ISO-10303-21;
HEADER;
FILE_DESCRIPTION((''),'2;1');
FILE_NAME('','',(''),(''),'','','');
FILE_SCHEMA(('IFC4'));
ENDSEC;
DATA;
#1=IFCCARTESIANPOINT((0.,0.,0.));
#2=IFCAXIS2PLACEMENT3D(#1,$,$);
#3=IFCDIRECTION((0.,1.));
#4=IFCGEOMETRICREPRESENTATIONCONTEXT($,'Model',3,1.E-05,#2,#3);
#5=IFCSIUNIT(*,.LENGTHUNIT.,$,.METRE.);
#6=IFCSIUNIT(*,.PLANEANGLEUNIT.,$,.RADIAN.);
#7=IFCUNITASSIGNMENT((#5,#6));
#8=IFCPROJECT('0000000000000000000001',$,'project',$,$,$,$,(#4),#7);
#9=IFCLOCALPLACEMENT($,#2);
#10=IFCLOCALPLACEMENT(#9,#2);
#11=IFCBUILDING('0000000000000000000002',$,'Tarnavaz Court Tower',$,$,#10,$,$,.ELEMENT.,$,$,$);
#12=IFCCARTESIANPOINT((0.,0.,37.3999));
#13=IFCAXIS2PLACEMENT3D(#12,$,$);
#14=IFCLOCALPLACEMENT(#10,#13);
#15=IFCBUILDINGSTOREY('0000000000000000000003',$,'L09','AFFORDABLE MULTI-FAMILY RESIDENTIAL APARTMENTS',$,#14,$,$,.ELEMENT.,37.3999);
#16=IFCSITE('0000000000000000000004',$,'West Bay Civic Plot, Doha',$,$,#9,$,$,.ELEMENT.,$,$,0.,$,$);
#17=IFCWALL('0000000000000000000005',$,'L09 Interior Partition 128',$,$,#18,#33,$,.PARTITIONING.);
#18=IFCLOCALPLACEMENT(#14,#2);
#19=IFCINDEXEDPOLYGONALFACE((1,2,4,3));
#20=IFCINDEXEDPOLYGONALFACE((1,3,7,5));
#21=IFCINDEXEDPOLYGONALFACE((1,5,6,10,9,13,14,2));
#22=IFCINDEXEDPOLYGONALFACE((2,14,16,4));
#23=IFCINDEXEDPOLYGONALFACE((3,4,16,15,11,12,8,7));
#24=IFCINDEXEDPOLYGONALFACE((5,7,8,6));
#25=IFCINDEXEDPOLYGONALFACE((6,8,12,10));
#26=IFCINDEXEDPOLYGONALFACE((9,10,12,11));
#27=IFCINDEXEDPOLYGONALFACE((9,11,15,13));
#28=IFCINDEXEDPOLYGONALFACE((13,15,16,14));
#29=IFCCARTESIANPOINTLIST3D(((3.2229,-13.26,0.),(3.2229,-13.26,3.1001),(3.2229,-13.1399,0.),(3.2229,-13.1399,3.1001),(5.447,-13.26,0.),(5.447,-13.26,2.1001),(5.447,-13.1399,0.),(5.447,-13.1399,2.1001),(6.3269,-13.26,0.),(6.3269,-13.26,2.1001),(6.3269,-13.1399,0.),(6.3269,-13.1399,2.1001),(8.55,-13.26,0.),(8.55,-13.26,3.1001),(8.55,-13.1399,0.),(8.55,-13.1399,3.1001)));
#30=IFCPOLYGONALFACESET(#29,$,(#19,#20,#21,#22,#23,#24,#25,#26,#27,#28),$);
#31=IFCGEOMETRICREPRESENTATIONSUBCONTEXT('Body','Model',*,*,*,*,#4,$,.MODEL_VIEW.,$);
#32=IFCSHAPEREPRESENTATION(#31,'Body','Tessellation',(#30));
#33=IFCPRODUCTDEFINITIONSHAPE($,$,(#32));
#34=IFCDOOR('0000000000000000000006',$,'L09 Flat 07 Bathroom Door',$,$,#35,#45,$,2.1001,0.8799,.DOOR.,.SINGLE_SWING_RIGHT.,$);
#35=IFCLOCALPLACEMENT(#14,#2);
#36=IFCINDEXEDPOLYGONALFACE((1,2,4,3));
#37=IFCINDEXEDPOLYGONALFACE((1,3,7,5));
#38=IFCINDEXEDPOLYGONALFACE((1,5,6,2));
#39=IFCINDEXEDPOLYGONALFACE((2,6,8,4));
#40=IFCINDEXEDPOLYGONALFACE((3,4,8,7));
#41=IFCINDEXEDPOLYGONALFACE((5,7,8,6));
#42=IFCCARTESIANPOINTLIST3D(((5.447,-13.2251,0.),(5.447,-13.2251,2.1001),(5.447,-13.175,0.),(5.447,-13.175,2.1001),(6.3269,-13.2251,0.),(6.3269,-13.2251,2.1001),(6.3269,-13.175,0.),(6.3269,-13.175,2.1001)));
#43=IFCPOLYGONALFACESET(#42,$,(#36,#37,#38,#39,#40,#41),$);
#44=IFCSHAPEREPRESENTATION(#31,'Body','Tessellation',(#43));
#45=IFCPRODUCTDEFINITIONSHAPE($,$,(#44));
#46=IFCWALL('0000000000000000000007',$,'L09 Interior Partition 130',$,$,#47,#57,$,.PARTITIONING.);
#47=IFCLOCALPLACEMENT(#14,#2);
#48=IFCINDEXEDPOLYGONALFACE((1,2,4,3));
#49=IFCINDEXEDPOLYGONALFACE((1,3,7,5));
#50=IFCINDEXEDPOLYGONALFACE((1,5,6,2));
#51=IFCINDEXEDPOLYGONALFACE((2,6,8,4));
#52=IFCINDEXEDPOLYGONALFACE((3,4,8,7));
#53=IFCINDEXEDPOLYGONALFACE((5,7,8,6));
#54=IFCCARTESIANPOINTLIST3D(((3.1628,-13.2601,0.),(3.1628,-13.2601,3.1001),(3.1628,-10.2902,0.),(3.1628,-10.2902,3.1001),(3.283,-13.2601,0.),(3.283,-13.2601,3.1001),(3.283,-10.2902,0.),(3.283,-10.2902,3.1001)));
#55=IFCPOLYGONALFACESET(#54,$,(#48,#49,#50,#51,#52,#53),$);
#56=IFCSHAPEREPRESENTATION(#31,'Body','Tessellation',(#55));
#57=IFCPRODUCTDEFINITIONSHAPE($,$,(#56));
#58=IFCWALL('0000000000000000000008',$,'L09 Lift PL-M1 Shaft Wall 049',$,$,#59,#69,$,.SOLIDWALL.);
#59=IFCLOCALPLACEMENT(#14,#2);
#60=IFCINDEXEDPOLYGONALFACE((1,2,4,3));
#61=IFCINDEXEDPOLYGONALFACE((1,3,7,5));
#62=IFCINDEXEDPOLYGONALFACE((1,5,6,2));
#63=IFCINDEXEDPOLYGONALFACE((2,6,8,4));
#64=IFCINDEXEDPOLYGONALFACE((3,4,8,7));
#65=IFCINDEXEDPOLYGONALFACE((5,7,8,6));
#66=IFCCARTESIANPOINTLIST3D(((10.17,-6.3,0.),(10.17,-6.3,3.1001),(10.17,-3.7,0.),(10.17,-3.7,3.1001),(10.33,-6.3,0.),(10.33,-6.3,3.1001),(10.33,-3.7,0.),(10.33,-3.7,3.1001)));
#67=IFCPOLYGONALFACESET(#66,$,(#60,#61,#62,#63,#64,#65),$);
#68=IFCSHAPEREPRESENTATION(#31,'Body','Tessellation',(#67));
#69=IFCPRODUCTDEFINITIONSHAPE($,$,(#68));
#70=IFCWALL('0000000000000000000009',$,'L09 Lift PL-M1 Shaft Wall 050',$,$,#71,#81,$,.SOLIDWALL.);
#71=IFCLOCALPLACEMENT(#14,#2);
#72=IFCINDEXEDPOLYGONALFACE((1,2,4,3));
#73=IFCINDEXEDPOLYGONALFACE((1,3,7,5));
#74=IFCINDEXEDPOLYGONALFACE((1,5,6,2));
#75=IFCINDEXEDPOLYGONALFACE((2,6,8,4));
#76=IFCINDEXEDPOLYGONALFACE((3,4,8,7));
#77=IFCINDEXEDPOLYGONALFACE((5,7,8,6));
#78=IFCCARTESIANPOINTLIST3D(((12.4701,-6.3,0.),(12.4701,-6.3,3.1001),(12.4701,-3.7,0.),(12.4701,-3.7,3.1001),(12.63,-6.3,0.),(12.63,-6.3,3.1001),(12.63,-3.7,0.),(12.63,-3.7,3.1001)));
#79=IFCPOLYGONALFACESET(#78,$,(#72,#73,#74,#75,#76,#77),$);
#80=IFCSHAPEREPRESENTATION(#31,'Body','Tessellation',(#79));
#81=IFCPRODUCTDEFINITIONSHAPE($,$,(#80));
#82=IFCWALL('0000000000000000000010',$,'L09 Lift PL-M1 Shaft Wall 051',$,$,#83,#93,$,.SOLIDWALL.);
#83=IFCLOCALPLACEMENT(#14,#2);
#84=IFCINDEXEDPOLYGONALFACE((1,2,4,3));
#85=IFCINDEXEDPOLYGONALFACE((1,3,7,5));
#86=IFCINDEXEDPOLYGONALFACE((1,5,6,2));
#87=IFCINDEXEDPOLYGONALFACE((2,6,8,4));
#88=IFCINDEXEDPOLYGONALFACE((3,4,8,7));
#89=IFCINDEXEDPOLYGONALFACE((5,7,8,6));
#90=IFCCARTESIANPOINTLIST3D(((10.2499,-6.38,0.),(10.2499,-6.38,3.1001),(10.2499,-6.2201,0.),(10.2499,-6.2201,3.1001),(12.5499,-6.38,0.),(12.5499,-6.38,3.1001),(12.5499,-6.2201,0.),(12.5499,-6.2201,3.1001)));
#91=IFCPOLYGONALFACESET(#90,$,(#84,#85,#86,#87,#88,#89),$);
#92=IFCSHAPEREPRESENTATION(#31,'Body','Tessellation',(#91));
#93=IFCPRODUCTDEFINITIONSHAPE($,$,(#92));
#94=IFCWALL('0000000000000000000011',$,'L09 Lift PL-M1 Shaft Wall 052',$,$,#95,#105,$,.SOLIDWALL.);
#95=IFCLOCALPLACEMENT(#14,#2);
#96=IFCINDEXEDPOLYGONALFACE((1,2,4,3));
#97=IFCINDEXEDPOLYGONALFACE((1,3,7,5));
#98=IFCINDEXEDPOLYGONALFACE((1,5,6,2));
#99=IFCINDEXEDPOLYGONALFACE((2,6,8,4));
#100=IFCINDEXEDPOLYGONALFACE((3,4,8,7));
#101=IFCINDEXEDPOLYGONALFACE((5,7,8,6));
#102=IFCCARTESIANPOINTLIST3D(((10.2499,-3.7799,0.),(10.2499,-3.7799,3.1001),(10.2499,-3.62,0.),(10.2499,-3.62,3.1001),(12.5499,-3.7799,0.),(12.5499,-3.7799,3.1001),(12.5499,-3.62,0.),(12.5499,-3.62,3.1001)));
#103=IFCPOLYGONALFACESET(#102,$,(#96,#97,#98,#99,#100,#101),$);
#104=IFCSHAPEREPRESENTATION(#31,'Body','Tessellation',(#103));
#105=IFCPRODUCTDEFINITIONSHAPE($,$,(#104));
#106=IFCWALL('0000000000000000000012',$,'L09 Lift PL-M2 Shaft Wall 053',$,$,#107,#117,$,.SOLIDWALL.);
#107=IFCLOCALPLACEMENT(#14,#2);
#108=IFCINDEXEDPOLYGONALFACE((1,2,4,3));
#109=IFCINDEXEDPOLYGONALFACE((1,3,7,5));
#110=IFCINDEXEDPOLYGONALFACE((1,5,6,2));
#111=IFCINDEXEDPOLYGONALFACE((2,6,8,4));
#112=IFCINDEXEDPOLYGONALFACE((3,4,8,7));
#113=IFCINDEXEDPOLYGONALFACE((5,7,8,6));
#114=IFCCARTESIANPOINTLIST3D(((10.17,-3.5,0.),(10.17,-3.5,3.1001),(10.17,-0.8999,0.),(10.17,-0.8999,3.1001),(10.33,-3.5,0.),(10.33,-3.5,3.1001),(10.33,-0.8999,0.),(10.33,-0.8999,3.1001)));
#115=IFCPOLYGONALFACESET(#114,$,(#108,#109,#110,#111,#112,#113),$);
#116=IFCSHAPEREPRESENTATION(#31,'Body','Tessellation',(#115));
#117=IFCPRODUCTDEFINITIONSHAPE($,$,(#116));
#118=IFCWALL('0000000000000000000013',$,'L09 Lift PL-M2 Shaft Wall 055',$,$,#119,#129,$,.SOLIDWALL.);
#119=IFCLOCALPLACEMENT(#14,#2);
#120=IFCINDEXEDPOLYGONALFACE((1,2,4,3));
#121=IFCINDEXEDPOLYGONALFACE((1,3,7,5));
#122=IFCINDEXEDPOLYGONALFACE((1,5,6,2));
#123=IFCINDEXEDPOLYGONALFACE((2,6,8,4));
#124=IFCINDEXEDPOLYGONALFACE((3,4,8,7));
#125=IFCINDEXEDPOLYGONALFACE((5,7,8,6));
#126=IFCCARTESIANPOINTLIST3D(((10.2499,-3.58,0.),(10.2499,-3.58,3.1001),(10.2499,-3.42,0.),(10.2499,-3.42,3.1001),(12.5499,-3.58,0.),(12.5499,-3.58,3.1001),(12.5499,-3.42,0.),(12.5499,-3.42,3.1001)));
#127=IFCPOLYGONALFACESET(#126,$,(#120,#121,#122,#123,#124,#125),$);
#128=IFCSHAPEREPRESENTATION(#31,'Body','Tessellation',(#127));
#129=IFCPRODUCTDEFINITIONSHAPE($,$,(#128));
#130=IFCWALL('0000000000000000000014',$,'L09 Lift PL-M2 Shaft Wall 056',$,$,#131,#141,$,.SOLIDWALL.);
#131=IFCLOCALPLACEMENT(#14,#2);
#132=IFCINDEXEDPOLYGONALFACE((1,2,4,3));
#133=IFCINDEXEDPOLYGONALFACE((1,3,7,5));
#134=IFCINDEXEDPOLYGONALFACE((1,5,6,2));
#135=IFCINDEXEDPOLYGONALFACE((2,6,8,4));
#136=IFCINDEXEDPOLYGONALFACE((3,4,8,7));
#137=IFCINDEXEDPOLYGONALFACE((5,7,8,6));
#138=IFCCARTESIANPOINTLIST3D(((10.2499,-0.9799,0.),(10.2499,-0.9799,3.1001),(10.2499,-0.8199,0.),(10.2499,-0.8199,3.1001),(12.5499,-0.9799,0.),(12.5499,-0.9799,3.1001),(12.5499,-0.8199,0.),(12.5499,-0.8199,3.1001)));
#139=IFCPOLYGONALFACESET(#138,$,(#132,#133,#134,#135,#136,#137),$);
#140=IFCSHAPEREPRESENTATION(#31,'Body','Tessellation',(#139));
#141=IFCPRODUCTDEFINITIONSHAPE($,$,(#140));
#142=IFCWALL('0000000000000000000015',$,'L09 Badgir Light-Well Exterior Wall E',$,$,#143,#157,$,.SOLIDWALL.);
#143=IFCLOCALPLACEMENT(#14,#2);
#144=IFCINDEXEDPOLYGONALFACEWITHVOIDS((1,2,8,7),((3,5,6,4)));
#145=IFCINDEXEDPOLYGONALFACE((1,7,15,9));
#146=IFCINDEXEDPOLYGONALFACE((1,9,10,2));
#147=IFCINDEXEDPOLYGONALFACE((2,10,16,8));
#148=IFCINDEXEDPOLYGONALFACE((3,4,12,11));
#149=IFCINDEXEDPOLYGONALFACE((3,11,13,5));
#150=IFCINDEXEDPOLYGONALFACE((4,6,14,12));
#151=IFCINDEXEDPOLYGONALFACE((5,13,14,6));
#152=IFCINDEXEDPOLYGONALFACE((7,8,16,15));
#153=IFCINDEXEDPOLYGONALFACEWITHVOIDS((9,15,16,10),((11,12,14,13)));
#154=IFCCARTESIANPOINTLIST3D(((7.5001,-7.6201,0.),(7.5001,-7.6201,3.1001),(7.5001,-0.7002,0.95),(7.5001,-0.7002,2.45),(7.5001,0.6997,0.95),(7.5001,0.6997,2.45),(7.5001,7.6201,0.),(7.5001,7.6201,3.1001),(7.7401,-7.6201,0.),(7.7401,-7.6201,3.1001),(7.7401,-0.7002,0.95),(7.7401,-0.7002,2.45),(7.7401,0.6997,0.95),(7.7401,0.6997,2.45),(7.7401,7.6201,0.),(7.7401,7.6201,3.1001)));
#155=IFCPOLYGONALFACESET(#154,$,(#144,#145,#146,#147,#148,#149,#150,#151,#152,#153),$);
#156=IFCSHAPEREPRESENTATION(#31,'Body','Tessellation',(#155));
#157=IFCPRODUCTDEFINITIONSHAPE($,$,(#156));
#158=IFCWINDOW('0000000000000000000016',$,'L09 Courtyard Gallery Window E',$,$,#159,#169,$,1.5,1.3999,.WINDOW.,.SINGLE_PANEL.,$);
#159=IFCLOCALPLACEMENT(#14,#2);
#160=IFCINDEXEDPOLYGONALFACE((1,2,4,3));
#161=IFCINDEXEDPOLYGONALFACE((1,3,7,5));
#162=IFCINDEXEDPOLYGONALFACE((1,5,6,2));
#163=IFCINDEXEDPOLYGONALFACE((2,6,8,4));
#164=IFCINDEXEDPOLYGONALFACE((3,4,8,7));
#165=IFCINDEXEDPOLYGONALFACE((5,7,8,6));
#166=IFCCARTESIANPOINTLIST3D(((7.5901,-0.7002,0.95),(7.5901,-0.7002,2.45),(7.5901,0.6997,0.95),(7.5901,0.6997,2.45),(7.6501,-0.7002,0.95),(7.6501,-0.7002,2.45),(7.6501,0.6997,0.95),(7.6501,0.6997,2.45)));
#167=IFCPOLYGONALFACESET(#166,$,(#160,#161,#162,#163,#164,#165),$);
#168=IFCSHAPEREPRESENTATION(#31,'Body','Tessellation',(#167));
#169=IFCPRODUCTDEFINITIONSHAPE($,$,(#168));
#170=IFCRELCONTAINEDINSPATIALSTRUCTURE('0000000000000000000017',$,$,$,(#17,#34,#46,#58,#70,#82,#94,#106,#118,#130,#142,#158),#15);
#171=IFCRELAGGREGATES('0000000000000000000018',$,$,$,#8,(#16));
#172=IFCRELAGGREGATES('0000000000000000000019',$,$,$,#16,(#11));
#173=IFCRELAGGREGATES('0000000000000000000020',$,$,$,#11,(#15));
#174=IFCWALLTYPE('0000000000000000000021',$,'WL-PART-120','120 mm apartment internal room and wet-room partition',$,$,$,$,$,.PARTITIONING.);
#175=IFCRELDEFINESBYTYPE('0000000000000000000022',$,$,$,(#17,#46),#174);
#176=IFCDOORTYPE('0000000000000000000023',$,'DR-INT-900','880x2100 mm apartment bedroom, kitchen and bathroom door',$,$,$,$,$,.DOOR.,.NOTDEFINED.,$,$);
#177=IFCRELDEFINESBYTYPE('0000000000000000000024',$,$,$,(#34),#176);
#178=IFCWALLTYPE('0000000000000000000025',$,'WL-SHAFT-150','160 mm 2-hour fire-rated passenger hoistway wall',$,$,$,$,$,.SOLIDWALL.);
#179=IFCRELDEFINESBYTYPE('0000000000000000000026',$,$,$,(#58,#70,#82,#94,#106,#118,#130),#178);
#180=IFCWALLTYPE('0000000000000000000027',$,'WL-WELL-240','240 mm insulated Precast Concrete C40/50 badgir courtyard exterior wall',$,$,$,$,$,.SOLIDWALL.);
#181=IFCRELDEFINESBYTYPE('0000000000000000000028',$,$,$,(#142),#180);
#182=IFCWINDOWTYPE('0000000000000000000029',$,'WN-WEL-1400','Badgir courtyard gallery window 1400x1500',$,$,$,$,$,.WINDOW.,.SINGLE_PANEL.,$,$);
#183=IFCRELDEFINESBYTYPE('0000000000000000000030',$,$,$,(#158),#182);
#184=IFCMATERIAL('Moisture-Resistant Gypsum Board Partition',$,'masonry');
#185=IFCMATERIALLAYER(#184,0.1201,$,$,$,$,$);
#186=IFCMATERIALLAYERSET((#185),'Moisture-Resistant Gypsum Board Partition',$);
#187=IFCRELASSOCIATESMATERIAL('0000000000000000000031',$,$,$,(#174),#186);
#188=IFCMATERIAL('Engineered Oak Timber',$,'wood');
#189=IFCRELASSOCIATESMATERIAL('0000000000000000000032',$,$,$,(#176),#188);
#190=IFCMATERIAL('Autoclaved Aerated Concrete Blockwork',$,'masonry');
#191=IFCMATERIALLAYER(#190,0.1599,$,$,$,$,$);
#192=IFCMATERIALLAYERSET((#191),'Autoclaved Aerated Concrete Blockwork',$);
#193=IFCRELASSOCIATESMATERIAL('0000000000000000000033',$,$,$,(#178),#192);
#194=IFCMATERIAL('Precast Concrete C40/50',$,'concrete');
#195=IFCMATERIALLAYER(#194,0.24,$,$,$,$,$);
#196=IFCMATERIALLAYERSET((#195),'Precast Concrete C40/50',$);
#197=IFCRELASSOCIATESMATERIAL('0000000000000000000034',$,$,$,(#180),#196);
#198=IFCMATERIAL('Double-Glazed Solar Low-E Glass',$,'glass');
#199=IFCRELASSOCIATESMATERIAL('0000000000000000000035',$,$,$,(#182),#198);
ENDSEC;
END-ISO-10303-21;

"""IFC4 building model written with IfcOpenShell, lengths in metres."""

from ifc_helpers import new_model, si_unit, direction, frame, frame_2d, origin, place, context, subcontext, project, spatial, rectangle, extrude, material, layer, layer_set, type_object, element, fill, save


model = new_model("IFC4")

# Units and contexts
model_context = context("Model", 3, precision=1e-05, world=origin(), true_north=direction((0.0, 1.0)))
body_context = subcontext(model_context, "Body", "Model", "MODEL_VIEW")
ifc_project = project(units=[si_unit("LENGTHUNIT", "METRE"), si_unit("PLANEANGLEUNIT", "RADIAN")], contexts=[model_context])

# Site, building, storey
site_placement = place(None, origin())
site = spatial("IfcSite", under=ifc_project, at=site_placement, Name="West Bay Civic Plot, Doha", CompositionType="ELEMENT", RefElevation=0.0)
building_placement = place(site_placement, origin())
building = spatial("IfcBuilding", under=site, at=building_placement, Name="Tarnavaz Court Tower", CompositionType="ELEMENT")
storey_placement = place(building_placement, frame((0.0, 0.0, 37.3999)))
storey = spatial("IfcBuildingStorey", under=building, at=storey_placement, Name="L09", Description="AFFORDABLE MULTI-FAMILY RESIDENTIAL APARTMENTS", CompositionType="ELEMENT", Elevation=37.3999)

# Shared definitions
ifc_material_1 = material(Name="Moisture-Resistant Gypsum Board Partition", Category="masonry")
ifc_layer_1 = layer(ifc_material_1, 0.1201)
ifc_layer_set_1 = layer_set([ifc_layer_1], Name="Moisture-Resistant Gypsum Board Partition")
wall_type_1 = type_object("IfcWallType", Name="WL-PART-120", Description="120 mm apartment internal room and wet-room partition", PredefinedType="PARTITIONING", material=ifc_layer_set_1)
ifc_material_2 = material(Name="Engineered Oak Timber", Category="wood")
door_type_1 = type_object("IfcDoorType", Name="DR-INT-900", Description="880x2100 mm apartment bedroom, kitchen and bathroom door", OperationType="NOTDEFINED", PredefinedType="DOOR", material=ifc_material_2)

# Wall, opening, door
wall_1_placement = place(storey_placement, frame((3.2229, -13.2, 0.0), z_axis=(0.0, 0.0, 1.0), x_axis=(1.0, 0.0, 0.0)))
wall_1 = element("IfcWall", 1, at=wall_1_placement, inside=storey, type_object=wall_type_1, Name="L09 Interior Partition 128", PredefinedType="PARTITIONING", context=body_context, shape_type="SweptSolid", body=[
    extrude(rectangle(XDim=5.3271, YDim=0.1201, at=frame_2d((2.6636, 0.0))), origin(), (0.0, 0.0, 1.0), 3.1001),
])
opening_1_placement = place(wall_1_placement, frame((2.2241, 0.0, 0.0)))
opening_1 = element("IfcOpeningElement", 2, at=opening_1_placement, cuts=wall_1, PredefinedType="OPENING", context=body_context, shape_type="SweptSolid", body=[
    extrude(rectangle(XDim=0.8799, YDim=2.1001, at=frame_2d((0.4399, 1.05))), frame((0.0, 0.0701, 0.0), z_axis=(0.0, -1.0, 0.0), x_axis=(1.0, 0.0, 0.0)), (0.0, 0.0, 1.0), 0.1401),
])
door_1_placement = place(opening_1_placement, origin())
door_1 = element("IfcDoor", 3, at=door_1_placement, inside=storey, type_object=door_type_1, Name="L09 Flat 07 Bathroom Door", OperationType="SINGLE_SWING_RIGHT", OverallHeight=2.1001, OverallWidth=0.8799, PredefinedType="DOOR", context=body_context, shape_type="SweptSolid", body=[
    extrude(rectangle(XDim=0.8799, YDim=2.1001, at=frame_2d((0.4399, 1.05))), frame((0.0, 0.0249, 0.0), z_axis=(0.0, -1.0, 0.0), x_axis=(1.0, 0.0, 0.0)), (0.0, 0.0, 1.0), 0.05),
])
fill(opening_1, door_1)

# Walls
wall_2_placement = place(storey_placement, frame((3.2229, -13.26, 0.0), z_axis=(0.0, 0.0, 1.0), x_axis=(0.0, 1.0, 0.0)))
element("IfcWall", 4, at=wall_2_placement, inside=storey, type_object=wall_type_1, Name="L09 Interior Partition 130", PredefinedType="PARTITIONING", context=body_context, shape_type="SweptSolid", body=[
    extrude(rectangle(XDim=2.97, YDim=0.1201, at=frame_2d((1.4849, 0.0))), origin(), (0.0, 0.0, 1.0), 3.1001),
])
ifc_material_3 = material(Name="Autoclaved Aerated Concrete Blockwork", Category="masonry")
ifc_layer_2 = layer(ifc_material_3, 0.1599)
ifc_layer_set_2 = layer_set([ifc_layer_2], Name="Autoclaved Aerated Concrete Blockwork")
wall_type_2 = type_object("IfcWallType", Name="WL-SHAFT-150", Description="160 mm 2-hour fire-rated passenger hoistway wall", PredefinedType="SOLIDWALL", material=ifc_layer_set_2)
for number, where, z_axis, x_axis, name in (
    (5, (10.25, -6.3, 0.0), (0.0, 0.0, 1.0), (0.0, 1.0, 0.0), "L09 Lift PL-M1 Shaft Wall 049"),
    (6, (12.55, -6.3, 0.0), (0.0, 0.0, 1.0), (0.0, 1.0, 0.0), "L09 Lift PL-M1 Shaft Wall 050"),
):
    element("IfcWall", number, at=place(storey_placement, frame(where, z_axis=z_axis, x_axis=x_axis)), inside=storey, type_object=wall_type_2, Name=name, PredefinedType="SOLIDWALL", context=body_context, shape_type="SweptSolid", body=[
        extrude(rectangle(XDim=2.6001, YDim=0.1599, at=frame_2d((1.3, 0.0))), origin(), (0.0, 0.0, 1.0), 3.1001),
    ])
for number, where, z_axis, x_axis, name in (
    (7, (10.25, -6.3, 0.0), (0.0, 0.0, 1.0), (1.0, 0.0, 0.0), "L09 Lift PL-M1 Shaft Wall 051"),
    (8, (10.25, -3.7, 0.0), (0.0, 0.0, 1.0), (1.0, 0.0, 0.0), "L09 Lift PL-M1 Shaft Wall 052"),
):
    element("IfcWall", number, at=place(storey_placement, frame(where, z_axis=z_axis, x_axis=x_axis)), inside=storey, type_object=wall_type_2, Name=name, PredefinedType="SOLIDWALL", context=body_context, shape_type="SweptSolid", body=[
        extrude(rectangle(XDim=2.3, YDim=0.1599, at=frame_2d((1.1499, 0.0))), origin(), (0.0, 0.0, 1.0), 3.1001),
    ])
wall_3_placement = place(storey_placement, frame((10.25, -3.5, 0.0), z_axis=(0.0, 0.0, 1.0), x_axis=(0.0, 1.0, 0.0)))
element("IfcWall", 9, at=wall_3_placement, inside=storey, type_object=wall_type_2, Name="L09 Lift PL-M2 Shaft Wall 053", PredefinedType="SOLIDWALL", context=body_context, shape_type="SweptSolid", body=[
    extrude(rectangle(XDim=2.6001, YDim=0.1599, at=frame_2d((1.3, 0.0))), origin(), (0.0, 0.0, 1.0), 3.1001),
])
for number, where, z_axis, x_axis, name in (
    (10, (10.25, -3.5, 0.0), (0.0, 0.0, 1.0), (1.0, 0.0, 0.0), "L09 Lift PL-M2 Shaft Wall 055"),
    (11, (10.25, -0.8999, 0.0), (0.0, 0.0, 1.0), (1.0, 0.0, 0.0), "L09 Lift PL-M2 Shaft Wall 056"),
):
    element("IfcWall", number, at=place(storey_placement, frame(where, z_axis=z_axis, x_axis=x_axis)), inside=storey, type_object=wall_type_2, Name=name, PredefinedType="SOLIDWALL", context=body_context, shape_type="SweptSolid", body=[
        extrude(rectangle(XDim=2.3, YDim=0.1599, at=frame_2d((1.1499, 0.0))), origin(), (0.0, 0.0, 1.0), 3.1001),
    ])

# Wall, opening, window
ifc_material_4 = material(Name="Precast Concrete C40/50", Category="concrete")
ifc_layer_3 = layer(ifc_material_4, 0.24)
ifc_layer_set_3 = layer_set([ifc_layer_3], Name="Precast Concrete C40/50")
wall_type_3 = type_object("IfcWallType", Name="WL-WELL-240", Description="240 mm insulated Precast Concrete C40/50 badgir courtyard exterior wall", PredefinedType="SOLIDWALL", material=ifc_layer_set_3)
wall_4_placement = place(storey_placement, frame((7.6201, -7.6201, 0.0), z_axis=(0.0, 0.0, 1.0), x_axis=(0.0, 1.0, 0.0)))
wall_4 = element("IfcWall", 12, at=wall_4_placement, inside=storey, type_object=wall_type_3, Name="L09 Badgir Light-Well Exterior Wall E", PredefinedType="SOLIDWALL", context=body_context, shape_type="SweptSolid", body=[
    extrude(rectangle(XDim=15.2402, YDim=0.24, at=frame_2d((7.6201, 0.0))), origin(), (0.0, 0.0, 1.0), 3.1001),
])
opening_2_placement = place(wall_4_placement, frame((6.9199, 0.0, 0.95)))
opening_2 = element("IfcOpeningElement", 13, at=opening_2_placement, cuts=wall_4, PredefinedType="OPENING", context=body_context, shape_type="SweptSolid", body=[
    extrude(rectangle(XDim=1.3999, YDim=1.5, at=frame_2d((0.7, 0.75))), frame((0.0, 0.1299, 0.0), z_axis=(0.0, -1.0, 0.0), x_axis=(1.0, 0.0, 0.0)), (0.0, 0.0, 1.0), 0.26),
])
ifc_material_5 = material(Name="Double-Glazed Solar Low-E Glass", Category="glass")
window_type = type_object("IfcWindowType", Name="WN-WEL-1400", Description="Badgir courtyard gallery window 1400x1500", PartitioningType="SINGLE_PANEL", PredefinedType="WINDOW", material=ifc_material_5)
window_placement = place(opening_2_placement, origin())
window = element("IfcWindow", 14, at=window_placement, inside=storey, type_object=window_type, Name="L09 Courtyard Gallery Window E", OverallHeight=1.5, OverallWidth=1.3999, PartitioningType="SINGLE_PANEL", PredefinedType="WINDOW", context=body_context, shape_type="SweptSolid", body=[
    extrude(rectangle(XDim=1.3999, YDim=1.5, at=frame_2d((0.7, 0.75))), frame((0.0, 0.03, 0.0), z_axis=(0.0, -1.0, 0.0), x_axis=(1.0, 0.0, 0.0)), (0.0, 0.0, 1.0), 0.0601),
])
fill(opening_2, window)

save(model, "model.ifc")
